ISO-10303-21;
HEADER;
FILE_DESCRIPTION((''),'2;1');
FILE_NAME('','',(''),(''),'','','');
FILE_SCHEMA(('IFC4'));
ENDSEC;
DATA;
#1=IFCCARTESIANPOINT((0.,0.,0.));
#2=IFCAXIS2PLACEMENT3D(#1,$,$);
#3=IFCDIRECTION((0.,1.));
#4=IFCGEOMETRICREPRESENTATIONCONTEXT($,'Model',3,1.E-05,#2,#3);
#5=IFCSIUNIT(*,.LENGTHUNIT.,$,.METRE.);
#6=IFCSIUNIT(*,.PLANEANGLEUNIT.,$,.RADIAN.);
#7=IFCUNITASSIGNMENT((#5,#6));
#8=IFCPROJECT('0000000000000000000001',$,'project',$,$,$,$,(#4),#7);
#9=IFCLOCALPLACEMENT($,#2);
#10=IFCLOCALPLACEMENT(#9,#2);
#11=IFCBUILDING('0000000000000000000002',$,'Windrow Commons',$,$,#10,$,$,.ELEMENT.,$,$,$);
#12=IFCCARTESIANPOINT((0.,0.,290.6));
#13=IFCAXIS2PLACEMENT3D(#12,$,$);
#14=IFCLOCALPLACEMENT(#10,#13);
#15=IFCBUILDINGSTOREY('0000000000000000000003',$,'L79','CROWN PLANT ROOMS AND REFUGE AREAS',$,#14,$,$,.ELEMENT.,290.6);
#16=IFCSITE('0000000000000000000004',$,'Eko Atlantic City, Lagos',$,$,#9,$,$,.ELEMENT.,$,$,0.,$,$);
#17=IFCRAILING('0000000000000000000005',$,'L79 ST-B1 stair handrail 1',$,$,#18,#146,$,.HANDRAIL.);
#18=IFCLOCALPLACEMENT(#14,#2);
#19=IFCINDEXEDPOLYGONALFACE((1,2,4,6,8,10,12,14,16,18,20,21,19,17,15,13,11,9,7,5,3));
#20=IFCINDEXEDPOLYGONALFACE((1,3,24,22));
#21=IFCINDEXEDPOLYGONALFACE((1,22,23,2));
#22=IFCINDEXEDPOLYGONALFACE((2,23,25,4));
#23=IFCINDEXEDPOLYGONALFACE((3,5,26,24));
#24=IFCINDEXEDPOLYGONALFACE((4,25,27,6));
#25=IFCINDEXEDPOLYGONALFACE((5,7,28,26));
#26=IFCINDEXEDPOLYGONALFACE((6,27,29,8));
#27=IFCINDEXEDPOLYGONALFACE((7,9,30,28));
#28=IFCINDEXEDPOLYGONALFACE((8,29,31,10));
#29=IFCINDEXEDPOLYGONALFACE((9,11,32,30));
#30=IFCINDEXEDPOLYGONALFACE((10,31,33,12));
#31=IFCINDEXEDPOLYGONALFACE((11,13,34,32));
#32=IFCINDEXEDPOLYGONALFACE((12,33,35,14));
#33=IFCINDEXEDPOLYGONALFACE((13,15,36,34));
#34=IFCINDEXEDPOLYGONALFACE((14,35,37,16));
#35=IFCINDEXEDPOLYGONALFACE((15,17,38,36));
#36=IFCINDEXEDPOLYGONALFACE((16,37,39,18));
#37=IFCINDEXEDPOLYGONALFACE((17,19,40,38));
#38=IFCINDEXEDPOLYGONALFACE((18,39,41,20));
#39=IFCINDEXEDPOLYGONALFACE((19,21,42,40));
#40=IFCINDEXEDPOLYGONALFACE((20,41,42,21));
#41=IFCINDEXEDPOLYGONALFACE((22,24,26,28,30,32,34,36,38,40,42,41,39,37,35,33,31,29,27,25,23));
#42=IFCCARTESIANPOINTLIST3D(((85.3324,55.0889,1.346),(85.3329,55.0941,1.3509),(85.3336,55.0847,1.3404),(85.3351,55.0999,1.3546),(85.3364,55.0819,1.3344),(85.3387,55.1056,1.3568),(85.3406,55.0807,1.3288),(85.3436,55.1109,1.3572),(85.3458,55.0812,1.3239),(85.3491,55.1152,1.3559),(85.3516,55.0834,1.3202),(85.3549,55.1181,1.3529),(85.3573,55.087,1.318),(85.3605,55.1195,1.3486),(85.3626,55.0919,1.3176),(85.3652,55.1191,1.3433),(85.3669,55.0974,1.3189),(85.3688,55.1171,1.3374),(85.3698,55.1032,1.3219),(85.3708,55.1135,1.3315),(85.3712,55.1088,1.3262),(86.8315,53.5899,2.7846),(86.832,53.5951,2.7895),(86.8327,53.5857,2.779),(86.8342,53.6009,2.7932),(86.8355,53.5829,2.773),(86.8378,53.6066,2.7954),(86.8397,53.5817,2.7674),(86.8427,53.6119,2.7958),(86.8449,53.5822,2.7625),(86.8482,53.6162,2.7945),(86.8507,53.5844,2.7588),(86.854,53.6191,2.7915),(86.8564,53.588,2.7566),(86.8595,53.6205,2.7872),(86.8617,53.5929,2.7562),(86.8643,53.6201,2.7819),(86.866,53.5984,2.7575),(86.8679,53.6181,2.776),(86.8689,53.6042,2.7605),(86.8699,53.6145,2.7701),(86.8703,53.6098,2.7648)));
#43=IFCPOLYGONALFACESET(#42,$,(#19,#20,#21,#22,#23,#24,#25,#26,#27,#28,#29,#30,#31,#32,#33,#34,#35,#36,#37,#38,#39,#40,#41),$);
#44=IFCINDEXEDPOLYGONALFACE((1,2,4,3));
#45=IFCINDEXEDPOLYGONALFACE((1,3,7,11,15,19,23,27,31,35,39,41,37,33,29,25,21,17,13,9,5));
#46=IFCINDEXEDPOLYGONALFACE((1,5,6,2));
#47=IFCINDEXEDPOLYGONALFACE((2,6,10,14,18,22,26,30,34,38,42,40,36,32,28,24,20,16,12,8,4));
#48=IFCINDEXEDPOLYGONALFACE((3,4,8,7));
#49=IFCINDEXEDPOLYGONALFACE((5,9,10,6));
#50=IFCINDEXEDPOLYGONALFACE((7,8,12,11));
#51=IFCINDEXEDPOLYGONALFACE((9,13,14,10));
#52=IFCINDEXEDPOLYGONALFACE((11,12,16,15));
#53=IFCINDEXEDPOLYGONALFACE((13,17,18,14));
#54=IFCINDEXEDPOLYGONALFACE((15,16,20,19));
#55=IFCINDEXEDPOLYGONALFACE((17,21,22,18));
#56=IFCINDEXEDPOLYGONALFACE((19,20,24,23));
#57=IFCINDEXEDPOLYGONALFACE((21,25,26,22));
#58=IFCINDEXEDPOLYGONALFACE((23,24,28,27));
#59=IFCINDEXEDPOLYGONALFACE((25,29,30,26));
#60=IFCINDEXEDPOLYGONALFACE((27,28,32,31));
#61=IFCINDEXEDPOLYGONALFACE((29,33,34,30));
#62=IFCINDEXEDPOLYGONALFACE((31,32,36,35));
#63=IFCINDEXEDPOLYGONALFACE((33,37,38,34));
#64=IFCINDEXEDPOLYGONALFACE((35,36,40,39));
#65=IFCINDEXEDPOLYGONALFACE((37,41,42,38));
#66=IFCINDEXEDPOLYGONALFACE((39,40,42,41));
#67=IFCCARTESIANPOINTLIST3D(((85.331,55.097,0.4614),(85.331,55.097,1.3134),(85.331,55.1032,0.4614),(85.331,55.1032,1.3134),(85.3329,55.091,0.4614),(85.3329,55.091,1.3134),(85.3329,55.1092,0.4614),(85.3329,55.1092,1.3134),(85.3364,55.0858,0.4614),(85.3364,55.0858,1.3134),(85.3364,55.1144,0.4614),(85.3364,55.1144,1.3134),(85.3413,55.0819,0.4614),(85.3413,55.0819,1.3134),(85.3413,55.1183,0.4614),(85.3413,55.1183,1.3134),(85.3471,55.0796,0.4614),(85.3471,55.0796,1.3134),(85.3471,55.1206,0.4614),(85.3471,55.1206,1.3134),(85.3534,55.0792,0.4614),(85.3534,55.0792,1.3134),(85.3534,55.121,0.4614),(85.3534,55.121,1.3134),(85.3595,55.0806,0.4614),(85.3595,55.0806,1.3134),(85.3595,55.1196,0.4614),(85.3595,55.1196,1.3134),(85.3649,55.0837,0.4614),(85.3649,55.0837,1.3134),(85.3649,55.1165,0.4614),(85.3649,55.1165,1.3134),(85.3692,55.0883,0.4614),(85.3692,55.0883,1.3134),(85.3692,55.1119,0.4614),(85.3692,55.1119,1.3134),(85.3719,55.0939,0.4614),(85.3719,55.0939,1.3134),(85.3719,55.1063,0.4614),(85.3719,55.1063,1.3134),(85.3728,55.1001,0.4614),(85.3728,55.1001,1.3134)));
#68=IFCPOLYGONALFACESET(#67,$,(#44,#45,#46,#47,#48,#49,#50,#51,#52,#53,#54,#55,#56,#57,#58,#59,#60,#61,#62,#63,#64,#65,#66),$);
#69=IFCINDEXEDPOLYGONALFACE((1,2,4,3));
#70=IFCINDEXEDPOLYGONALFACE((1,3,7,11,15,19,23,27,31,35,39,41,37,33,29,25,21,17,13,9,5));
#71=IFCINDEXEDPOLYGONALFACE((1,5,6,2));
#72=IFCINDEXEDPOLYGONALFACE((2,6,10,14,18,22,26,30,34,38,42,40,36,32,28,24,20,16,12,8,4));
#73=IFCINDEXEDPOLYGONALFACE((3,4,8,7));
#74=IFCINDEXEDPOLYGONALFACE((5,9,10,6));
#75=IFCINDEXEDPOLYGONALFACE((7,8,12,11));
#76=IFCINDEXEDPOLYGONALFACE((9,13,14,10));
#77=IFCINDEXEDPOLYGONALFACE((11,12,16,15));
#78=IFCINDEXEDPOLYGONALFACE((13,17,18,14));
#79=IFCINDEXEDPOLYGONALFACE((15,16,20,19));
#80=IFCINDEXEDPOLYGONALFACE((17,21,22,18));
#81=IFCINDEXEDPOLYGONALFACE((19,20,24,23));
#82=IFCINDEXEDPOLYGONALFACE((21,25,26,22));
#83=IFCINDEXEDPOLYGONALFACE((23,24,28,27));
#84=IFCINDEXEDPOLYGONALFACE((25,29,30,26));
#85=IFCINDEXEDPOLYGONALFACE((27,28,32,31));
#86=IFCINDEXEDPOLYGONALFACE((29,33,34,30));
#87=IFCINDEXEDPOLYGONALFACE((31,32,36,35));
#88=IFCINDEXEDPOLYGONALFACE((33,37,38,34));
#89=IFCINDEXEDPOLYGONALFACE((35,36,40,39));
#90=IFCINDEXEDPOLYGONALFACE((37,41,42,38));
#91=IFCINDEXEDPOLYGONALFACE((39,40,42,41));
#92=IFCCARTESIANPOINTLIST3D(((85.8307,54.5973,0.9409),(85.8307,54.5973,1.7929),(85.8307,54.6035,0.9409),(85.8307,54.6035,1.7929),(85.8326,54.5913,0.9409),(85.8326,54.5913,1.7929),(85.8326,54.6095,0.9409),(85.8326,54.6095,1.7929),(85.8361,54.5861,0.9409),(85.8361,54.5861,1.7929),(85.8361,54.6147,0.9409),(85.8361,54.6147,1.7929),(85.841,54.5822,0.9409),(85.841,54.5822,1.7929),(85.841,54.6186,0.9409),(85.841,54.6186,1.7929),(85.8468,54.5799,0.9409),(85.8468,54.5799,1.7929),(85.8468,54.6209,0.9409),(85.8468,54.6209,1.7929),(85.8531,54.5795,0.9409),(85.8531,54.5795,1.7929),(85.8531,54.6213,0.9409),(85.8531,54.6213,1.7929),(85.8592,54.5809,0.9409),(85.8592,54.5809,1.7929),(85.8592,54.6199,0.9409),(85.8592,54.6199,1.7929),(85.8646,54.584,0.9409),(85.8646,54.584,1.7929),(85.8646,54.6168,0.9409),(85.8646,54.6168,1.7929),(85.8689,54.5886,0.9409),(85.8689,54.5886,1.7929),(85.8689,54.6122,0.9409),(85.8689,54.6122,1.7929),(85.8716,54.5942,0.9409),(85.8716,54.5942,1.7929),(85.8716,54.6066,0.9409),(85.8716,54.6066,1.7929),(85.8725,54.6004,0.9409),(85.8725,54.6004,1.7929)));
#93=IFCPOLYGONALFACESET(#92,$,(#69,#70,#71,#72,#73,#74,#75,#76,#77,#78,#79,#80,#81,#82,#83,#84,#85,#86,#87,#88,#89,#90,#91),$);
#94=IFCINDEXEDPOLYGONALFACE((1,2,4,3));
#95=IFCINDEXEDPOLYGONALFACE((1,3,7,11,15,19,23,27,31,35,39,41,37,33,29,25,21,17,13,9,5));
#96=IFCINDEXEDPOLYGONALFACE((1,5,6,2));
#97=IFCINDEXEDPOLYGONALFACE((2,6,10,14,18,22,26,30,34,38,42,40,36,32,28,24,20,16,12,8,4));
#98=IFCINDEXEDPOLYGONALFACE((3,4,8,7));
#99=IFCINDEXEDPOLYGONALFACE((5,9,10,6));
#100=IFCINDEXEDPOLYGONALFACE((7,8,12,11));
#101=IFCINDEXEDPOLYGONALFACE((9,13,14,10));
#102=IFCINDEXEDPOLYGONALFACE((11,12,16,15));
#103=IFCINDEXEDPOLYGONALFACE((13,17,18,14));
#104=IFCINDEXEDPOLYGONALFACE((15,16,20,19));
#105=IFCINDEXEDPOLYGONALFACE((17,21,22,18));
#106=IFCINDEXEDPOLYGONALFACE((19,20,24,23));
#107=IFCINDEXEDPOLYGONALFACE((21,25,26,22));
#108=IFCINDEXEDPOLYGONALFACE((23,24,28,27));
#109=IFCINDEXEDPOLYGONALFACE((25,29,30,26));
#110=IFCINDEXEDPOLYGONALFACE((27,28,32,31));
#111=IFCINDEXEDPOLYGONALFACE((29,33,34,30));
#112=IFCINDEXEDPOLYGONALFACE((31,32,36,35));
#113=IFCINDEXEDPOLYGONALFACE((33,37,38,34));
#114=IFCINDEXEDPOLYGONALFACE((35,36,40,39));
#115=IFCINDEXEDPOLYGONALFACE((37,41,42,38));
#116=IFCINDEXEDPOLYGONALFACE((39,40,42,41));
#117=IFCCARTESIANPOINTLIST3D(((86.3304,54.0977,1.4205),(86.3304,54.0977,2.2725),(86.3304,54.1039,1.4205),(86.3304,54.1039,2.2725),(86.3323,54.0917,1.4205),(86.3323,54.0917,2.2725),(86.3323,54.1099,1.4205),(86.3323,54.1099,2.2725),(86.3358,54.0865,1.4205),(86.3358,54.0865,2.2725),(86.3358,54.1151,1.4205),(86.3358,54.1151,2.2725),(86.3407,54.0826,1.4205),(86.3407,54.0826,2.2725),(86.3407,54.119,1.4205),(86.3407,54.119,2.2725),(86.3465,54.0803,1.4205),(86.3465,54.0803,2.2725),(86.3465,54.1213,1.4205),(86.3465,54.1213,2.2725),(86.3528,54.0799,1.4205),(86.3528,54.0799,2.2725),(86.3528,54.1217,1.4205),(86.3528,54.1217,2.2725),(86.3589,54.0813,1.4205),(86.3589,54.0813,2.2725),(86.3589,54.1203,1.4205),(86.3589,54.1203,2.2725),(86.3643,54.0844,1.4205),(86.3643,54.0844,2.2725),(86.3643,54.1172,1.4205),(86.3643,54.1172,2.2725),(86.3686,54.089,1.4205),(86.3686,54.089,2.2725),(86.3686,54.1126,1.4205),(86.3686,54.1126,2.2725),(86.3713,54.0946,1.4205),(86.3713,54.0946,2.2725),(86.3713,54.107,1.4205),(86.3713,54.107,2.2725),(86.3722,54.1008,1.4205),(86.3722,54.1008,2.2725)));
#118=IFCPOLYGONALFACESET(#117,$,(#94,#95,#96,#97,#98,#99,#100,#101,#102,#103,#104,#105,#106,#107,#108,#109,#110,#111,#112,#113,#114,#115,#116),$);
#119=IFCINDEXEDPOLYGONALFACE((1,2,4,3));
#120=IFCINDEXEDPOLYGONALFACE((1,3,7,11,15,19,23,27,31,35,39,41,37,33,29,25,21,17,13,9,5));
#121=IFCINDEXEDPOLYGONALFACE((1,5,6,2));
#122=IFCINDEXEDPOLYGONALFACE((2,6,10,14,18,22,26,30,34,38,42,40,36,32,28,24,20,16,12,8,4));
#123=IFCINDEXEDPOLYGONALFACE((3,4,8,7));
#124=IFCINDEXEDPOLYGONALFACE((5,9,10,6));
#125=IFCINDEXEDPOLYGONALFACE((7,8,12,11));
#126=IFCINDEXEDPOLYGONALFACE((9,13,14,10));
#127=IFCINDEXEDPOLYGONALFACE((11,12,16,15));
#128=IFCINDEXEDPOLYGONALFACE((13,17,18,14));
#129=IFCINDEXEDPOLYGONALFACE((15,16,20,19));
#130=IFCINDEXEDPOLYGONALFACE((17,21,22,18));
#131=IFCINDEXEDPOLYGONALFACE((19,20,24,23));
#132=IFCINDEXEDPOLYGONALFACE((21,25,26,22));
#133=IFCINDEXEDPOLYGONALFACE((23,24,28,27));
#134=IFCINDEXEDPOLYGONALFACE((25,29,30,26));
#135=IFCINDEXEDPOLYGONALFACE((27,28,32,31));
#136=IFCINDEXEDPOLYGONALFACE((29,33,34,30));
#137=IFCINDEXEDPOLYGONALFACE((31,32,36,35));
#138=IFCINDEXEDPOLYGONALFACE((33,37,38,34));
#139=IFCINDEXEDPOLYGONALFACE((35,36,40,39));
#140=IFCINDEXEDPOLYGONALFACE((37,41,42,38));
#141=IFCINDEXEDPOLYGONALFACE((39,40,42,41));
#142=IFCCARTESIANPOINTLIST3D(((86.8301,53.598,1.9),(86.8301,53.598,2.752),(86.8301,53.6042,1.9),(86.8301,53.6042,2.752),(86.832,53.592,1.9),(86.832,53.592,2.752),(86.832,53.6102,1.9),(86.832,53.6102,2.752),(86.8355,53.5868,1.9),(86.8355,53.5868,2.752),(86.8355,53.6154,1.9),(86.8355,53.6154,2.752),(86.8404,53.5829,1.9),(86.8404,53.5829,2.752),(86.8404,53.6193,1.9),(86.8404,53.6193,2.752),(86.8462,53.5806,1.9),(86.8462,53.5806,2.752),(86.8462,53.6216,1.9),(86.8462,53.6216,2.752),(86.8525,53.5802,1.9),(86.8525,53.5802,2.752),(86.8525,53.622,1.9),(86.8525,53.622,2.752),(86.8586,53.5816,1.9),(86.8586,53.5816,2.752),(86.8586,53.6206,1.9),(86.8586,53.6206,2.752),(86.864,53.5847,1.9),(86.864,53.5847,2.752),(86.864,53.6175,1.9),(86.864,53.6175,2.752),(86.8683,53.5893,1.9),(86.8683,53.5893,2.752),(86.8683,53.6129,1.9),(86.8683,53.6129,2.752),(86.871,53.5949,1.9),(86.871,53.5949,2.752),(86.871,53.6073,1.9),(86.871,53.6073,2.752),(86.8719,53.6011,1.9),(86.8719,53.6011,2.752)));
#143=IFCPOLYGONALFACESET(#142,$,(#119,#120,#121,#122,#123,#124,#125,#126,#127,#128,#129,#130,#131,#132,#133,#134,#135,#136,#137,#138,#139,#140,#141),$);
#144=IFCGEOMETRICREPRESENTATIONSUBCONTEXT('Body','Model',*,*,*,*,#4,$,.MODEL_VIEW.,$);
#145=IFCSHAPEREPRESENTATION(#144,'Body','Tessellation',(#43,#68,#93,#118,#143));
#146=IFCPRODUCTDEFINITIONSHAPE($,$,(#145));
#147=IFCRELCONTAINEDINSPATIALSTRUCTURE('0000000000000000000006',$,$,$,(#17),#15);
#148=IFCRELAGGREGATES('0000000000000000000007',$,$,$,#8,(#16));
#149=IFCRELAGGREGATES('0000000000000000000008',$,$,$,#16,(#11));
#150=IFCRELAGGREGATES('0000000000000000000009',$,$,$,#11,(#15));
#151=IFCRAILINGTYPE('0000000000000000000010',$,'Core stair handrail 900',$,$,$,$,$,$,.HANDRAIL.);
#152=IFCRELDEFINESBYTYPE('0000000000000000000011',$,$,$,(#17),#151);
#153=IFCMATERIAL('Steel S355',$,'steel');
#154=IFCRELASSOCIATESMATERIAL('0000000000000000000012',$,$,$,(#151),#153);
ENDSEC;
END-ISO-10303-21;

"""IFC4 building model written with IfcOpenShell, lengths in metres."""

from ifc_helpers import new_model, si_unit, direction, frame, origin, origin_2d, place, context, subcontext, project, spatial, circle, extrude, material, type_object, element, save


model = new_model("IFC4")

# Units and contexts
model_context = context("Model", 3, precision=1e-05, world=origin(), true_north=direction((0.0, 1.0)))
body_context = subcontext(model_context, "Body", "Model", "MODEL_VIEW")
ifc_project = project(units=[si_unit("LENGTHUNIT", "METRE"), si_unit("PLANEANGLEUNIT", "RADIAN")], contexts=[model_context])

# Site, building, storey
site_placement = place(None, origin())
site = spatial("IfcSite", under=ifc_project, at=site_placement, Name="Eko Atlantic City, Lagos", CompositionType="ELEMENT", RefElevation=0.0)
building_placement = place(site_placement, origin())
building = spatial("IfcBuilding", under=site, at=building_placement, Name="Windrow Commons", CompositionType="ELEMENT")
storey_placement = place(building_placement, frame((0.0, 0.0, 290.6)))
storey = spatial("IfcBuildingStorey", under=building, at=storey_placement, Name="L79", Description="CROWN PLANT ROOMS AND REFUGE AREAS", CompositionType="ELEMENT", Elevation=290.6)

# Railing
ifc_material_1 = material(Name="Steel S355", Category="steel")
railing_type_1 = type_object("IfcRailingType", Name="Core stair handrail 900", PredefinedType="HANDRAIL", material=ifc_material_1)
railing_1_placement = place(storey_placement, frame((85.3518, 55.1001, 0.4614)))
element("IfcRailing", 1, at=railing_1_placement, inside=storey, type_object=railing_type_1, Name="L79 ST-B1 stair handrail 1", PredefinedType="HANDRAIL", context=body_context, shape_type="SweptSolid", body=[
    extrude(circle(Radius=0.024, at=origin_2d()), frame((0.0, 0.0, 0.876), z_axis=(0.585128, -0.585089, 0.561513), x_axis=(0.707083, 0.70713, 0.0)), (0.0, 0.0, 1.0), 2.562),
    extrude(circle(Radius=0.021, at=origin_2d()), origin(), (0.0, 0.0, 1.0), 0.852),
    extrude(circle(Radius=0.021, at=origin_2d()), frame((0.4997, -0.4997, 0.4795)), (0.0, 0.0, 1.0), 0.852),
    extrude(circle(Radius=0.021, at=origin_2d()), frame((0.9994, -0.9993, 0.9591)), (0.0, 0.0, 1.0), 0.852),
    extrude(circle(Radius=0.021, at=origin_2d()), frame((1.4991, -1.499, 1.4386)), (0.0, 0.0, 1.0), 0.852),
])

save(model, "model.ifc")
